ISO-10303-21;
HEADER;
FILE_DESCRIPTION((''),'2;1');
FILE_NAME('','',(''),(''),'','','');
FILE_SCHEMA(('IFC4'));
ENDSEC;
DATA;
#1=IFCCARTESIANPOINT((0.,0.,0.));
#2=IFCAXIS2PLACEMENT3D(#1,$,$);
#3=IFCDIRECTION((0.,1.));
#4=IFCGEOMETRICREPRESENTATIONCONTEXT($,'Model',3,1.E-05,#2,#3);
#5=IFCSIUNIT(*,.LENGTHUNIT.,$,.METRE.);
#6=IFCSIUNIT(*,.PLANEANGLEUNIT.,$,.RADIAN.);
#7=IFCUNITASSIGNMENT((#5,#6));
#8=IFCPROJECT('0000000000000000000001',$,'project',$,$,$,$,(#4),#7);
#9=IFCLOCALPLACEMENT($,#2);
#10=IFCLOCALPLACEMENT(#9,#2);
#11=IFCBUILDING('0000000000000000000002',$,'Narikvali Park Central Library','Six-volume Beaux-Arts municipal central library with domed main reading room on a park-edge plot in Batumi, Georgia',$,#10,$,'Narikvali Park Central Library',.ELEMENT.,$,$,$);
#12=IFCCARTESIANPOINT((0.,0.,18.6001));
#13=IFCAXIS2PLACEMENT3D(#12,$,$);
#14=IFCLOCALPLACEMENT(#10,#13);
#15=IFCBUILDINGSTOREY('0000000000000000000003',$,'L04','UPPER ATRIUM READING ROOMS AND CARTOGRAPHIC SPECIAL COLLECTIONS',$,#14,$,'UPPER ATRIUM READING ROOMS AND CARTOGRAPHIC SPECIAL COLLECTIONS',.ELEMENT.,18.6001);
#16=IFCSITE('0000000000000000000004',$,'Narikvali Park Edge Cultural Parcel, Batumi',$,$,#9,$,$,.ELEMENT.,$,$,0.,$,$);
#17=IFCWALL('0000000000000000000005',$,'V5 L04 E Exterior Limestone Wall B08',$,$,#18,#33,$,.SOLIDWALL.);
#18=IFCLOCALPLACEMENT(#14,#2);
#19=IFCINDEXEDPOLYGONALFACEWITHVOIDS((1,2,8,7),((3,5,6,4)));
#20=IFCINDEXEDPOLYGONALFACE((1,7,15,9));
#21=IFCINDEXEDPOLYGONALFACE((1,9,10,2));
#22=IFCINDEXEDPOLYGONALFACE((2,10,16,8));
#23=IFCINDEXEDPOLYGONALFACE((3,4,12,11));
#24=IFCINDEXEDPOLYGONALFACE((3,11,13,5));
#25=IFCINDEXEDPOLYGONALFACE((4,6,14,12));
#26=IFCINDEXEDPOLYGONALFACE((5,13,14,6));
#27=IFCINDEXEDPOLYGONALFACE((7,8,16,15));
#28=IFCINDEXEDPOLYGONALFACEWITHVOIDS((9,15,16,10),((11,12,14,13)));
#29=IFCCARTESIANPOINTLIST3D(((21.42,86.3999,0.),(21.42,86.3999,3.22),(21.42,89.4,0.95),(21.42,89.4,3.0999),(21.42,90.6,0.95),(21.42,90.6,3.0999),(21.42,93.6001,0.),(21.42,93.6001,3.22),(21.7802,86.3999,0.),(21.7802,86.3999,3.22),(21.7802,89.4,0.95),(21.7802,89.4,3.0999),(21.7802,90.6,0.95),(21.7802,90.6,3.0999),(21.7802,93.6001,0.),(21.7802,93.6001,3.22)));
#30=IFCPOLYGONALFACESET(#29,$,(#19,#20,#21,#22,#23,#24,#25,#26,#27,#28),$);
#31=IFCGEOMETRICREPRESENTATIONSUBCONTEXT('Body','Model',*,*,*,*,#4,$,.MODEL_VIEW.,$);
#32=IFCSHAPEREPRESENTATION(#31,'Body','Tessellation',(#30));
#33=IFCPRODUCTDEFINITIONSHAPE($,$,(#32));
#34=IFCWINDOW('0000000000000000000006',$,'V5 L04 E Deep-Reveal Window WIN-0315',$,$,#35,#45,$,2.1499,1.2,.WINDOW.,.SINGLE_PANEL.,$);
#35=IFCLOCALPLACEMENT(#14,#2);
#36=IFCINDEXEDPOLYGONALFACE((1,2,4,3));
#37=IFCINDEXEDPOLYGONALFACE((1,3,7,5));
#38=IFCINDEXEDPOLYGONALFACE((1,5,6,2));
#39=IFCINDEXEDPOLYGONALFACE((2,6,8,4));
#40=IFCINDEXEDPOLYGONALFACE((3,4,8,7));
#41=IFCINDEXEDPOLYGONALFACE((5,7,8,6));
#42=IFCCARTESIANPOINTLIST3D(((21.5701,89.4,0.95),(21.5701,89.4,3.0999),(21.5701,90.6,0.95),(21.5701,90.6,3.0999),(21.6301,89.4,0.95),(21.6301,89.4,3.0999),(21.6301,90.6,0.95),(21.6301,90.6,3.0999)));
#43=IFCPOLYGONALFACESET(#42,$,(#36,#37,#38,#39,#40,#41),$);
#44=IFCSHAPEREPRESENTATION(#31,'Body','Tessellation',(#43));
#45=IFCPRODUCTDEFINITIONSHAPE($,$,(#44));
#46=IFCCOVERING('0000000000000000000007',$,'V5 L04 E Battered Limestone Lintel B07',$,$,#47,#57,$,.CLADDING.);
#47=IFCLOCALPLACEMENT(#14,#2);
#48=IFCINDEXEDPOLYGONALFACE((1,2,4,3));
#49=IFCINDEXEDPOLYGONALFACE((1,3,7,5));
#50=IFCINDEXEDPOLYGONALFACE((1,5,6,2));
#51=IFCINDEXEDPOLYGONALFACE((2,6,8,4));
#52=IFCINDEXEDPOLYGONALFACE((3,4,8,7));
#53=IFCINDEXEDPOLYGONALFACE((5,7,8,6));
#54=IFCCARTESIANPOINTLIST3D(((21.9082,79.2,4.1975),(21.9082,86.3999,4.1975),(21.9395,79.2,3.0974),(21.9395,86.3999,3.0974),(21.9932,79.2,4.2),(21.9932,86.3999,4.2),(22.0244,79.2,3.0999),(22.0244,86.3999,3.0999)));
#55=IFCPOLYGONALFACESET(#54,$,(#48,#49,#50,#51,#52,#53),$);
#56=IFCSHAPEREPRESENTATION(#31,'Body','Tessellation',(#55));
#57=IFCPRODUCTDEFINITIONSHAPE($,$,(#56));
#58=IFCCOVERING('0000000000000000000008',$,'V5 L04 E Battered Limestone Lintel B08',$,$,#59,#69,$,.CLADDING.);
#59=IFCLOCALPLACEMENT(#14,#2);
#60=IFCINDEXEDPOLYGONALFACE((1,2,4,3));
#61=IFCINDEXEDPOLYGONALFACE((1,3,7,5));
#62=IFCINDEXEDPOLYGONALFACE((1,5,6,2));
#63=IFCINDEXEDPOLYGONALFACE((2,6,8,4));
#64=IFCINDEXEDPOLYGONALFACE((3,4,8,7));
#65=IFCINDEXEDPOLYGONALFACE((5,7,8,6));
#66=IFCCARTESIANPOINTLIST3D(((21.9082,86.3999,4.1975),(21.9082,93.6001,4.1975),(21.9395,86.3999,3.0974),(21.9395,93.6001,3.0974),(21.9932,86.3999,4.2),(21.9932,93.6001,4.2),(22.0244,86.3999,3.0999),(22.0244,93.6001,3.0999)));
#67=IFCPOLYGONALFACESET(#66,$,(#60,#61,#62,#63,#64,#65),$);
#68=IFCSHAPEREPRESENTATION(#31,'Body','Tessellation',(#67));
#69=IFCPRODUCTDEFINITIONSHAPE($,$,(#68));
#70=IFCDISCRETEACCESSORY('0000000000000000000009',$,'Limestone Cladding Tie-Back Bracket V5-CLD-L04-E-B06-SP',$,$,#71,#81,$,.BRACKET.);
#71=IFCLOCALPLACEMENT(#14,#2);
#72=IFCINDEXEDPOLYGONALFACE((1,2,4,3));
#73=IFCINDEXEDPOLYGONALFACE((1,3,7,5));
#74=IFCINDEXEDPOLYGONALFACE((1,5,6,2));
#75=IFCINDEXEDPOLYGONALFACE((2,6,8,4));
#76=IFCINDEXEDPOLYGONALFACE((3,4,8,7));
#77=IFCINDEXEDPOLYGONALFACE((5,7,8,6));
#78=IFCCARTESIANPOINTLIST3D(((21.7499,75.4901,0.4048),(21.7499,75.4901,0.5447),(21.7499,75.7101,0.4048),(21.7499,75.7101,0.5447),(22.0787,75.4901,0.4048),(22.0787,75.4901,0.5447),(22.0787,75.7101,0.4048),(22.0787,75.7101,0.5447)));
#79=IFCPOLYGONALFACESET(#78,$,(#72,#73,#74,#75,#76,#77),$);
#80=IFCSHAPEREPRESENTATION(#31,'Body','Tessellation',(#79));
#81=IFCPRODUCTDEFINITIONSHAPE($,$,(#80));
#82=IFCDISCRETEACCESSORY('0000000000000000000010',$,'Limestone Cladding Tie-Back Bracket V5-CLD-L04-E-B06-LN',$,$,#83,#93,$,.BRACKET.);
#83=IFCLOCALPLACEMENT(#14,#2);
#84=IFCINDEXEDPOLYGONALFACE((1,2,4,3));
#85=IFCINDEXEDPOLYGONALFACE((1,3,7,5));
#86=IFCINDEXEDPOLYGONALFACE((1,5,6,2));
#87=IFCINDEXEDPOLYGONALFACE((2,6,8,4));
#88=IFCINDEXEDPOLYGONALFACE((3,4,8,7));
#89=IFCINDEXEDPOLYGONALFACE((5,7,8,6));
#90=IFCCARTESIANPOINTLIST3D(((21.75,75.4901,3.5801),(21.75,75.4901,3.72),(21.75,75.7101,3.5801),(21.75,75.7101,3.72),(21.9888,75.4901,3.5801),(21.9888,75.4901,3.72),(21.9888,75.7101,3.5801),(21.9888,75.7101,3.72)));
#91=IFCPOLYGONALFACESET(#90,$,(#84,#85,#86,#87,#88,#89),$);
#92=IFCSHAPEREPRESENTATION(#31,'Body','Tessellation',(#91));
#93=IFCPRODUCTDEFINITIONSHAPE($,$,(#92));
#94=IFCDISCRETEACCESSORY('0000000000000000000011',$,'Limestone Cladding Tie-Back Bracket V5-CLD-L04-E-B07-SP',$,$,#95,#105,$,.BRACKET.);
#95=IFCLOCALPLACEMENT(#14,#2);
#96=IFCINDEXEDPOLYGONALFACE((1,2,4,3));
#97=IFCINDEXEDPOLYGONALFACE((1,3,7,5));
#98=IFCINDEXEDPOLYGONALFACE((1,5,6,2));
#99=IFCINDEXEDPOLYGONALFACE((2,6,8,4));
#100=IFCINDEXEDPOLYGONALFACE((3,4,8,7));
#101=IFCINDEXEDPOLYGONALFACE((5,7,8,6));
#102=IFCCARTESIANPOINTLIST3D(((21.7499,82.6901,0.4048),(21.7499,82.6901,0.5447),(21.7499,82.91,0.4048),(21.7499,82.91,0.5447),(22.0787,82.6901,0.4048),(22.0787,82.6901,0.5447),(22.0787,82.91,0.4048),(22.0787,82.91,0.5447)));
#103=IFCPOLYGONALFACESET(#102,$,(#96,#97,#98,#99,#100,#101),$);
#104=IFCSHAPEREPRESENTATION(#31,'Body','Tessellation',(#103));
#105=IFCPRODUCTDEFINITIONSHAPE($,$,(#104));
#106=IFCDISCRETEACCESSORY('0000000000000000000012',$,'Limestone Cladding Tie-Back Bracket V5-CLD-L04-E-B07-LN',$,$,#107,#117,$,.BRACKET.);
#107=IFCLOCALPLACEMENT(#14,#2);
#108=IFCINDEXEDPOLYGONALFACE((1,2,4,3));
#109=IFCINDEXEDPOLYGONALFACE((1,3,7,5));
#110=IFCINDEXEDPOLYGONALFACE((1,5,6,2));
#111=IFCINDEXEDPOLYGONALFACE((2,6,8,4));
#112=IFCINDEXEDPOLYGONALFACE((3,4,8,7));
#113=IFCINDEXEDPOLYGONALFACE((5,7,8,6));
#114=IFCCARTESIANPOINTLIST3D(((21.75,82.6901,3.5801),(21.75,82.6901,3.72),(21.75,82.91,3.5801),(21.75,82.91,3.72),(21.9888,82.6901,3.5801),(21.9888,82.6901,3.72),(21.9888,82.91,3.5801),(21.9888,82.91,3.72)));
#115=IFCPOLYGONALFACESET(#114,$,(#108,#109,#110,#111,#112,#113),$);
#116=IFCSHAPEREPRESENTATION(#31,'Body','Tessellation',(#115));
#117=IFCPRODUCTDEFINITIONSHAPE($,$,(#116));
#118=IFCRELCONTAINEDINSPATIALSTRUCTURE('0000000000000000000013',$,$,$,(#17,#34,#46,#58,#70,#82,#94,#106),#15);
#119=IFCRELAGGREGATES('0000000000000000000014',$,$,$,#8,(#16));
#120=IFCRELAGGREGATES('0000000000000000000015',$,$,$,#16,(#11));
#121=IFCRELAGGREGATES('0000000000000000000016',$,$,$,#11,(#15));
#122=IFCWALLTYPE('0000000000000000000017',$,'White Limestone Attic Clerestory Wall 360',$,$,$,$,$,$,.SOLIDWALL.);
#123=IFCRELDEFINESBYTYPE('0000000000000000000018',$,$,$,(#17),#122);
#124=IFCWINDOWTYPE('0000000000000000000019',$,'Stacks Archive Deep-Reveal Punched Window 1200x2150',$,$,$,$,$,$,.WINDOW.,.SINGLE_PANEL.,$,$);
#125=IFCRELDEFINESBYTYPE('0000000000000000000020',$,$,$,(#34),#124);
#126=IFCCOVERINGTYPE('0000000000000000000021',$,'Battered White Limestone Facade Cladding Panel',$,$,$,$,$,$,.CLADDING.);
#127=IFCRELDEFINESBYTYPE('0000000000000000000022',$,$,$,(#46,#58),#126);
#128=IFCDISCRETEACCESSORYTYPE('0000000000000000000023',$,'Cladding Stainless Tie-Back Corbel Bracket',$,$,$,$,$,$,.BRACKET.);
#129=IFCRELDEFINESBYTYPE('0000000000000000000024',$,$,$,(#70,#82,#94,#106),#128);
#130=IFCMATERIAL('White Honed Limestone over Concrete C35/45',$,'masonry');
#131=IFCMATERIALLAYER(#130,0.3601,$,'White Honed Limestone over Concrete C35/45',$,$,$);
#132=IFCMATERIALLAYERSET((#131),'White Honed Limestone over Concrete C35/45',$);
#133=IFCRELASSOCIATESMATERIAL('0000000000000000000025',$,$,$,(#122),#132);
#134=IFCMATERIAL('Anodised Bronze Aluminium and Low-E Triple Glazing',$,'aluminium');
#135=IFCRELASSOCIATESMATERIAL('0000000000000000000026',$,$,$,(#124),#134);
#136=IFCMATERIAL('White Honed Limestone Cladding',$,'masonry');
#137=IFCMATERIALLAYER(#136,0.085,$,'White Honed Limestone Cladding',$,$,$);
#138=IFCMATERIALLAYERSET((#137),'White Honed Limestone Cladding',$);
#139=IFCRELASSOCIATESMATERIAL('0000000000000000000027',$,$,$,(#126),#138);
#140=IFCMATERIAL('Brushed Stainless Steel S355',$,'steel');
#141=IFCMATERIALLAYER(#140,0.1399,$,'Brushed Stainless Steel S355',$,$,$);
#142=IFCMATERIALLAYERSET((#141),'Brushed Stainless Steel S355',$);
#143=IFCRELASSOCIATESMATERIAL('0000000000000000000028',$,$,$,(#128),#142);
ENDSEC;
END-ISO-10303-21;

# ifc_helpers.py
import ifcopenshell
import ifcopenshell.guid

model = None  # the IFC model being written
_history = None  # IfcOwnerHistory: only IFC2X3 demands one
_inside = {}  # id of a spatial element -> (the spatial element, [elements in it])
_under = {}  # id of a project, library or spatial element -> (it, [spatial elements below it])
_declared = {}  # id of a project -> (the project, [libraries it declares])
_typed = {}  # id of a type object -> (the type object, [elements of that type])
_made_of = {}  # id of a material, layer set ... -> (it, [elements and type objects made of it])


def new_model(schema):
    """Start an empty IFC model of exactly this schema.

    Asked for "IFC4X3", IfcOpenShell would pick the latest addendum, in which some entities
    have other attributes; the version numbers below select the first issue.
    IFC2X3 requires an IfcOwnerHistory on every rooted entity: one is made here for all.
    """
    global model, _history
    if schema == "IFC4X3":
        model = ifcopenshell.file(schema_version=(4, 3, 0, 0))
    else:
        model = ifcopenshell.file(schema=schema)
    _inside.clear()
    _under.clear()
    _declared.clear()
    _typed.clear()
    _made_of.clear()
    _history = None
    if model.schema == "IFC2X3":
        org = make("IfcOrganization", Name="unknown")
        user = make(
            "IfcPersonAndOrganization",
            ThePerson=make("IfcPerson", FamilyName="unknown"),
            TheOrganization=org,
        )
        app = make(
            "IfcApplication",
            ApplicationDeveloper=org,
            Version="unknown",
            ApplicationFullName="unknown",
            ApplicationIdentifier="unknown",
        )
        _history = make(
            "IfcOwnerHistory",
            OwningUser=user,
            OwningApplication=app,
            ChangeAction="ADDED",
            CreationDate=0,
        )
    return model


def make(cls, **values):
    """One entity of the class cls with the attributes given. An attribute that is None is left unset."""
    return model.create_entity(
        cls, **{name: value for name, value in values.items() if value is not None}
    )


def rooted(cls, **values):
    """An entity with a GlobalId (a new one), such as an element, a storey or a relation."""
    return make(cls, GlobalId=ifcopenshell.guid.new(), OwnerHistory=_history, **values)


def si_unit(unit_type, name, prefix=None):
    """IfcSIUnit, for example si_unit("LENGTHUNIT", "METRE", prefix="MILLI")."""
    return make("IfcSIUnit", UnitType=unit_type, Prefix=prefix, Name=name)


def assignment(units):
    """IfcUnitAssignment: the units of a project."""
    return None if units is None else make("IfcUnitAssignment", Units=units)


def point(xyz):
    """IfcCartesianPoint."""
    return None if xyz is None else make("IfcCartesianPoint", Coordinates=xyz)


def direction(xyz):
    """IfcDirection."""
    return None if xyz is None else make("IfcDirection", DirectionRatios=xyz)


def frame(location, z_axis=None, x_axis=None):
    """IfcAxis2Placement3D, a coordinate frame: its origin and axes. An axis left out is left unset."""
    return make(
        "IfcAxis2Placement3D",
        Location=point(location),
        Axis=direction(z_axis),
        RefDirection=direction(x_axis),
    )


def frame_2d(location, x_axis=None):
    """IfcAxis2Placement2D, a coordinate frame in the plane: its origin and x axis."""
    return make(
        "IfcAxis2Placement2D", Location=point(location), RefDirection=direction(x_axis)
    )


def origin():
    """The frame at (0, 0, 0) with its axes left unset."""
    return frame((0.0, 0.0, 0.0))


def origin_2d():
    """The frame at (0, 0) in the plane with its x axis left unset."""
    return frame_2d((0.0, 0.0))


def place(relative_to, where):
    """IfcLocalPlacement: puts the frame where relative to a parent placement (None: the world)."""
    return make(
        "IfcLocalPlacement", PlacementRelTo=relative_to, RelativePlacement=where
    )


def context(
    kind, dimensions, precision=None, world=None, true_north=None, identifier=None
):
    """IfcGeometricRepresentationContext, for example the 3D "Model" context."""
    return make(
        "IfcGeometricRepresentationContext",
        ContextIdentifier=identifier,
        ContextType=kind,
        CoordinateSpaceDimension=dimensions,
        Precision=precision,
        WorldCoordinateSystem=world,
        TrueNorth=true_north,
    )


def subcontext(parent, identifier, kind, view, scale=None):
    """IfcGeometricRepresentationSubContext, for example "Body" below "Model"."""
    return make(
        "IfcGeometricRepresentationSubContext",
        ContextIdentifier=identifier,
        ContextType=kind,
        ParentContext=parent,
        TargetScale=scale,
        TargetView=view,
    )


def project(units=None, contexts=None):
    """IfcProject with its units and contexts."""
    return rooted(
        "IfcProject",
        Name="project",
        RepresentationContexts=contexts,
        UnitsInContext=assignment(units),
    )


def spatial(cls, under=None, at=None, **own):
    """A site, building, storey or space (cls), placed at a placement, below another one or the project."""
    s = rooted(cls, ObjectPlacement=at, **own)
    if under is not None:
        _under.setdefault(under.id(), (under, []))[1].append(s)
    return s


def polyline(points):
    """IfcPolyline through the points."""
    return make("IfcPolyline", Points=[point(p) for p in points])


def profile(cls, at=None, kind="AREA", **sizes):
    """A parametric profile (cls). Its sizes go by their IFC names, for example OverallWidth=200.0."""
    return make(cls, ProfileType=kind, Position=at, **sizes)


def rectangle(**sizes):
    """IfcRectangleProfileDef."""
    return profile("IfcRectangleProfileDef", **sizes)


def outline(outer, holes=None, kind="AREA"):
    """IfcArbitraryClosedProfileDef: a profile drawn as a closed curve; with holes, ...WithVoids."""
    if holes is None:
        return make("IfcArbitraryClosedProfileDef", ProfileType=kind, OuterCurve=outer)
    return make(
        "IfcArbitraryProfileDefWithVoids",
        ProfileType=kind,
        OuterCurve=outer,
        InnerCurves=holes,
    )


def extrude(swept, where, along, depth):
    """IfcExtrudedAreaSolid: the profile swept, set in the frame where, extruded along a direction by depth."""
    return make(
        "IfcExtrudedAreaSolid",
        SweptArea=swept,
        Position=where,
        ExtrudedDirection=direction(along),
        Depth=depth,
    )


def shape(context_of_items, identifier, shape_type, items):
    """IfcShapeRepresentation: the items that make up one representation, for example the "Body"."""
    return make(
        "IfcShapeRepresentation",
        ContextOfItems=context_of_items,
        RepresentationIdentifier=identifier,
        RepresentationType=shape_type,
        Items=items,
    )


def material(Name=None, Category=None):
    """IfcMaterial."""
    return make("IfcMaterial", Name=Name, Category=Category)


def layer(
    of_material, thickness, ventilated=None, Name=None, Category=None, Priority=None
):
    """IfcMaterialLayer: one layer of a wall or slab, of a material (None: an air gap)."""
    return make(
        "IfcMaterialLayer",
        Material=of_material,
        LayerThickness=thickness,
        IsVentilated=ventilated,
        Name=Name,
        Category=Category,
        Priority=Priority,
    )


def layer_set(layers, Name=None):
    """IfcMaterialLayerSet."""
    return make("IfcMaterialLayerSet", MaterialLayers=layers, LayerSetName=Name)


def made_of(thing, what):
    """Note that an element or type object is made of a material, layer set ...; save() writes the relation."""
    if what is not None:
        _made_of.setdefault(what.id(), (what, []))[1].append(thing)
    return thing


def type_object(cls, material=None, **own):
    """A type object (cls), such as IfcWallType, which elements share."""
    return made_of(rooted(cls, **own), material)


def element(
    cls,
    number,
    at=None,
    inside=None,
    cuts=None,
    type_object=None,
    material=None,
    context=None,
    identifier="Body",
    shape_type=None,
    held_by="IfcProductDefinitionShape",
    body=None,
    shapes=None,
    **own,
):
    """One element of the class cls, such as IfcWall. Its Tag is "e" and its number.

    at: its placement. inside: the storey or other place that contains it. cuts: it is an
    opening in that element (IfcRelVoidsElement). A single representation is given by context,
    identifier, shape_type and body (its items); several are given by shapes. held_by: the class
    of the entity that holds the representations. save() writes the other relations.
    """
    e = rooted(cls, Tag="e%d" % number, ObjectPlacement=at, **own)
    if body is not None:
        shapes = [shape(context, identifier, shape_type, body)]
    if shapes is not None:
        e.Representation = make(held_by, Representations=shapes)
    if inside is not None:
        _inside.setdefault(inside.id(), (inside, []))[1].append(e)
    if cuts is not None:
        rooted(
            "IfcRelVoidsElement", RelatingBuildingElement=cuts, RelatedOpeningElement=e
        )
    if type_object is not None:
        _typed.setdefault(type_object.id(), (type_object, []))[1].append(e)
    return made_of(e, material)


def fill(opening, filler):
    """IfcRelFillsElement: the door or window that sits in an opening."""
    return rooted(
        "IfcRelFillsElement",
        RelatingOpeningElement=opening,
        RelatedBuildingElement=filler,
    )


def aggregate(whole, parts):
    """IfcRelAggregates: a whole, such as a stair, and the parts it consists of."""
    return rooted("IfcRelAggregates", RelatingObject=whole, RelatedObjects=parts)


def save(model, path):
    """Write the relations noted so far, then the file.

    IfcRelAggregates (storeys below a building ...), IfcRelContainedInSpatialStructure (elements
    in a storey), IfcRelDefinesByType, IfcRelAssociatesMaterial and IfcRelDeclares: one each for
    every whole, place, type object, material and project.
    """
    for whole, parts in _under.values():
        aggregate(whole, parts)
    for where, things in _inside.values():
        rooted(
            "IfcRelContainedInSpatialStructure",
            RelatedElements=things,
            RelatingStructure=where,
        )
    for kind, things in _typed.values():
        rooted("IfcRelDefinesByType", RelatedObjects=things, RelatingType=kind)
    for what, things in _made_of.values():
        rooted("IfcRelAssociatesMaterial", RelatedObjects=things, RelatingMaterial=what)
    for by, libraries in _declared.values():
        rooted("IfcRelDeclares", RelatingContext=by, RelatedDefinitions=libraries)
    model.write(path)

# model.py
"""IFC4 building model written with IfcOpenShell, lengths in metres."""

from ifc_helpers import new_model, si_unit, direction, frame, frame_2d, origin, origin_2d, place, context, subcontext, project, spatial, polyline, rectangle, outline, extrude, material, layer, layer_set, type_object, element, fill, save


model = new_model("IFC4")

# Units and contexts
model_context = context("Model", 3, precision=1e-05, world=origin(), true_north=direction((0.0, 1.0)))
body_context = subcontext(model_context, "Body", "Model", "MODEL_VIEW")
ifc_project = project(units=[si_unit("LENGTHUNIT", "METRE"), si_unit("PLANEANGLEUNIT", "RADIAN")], contexts=[model_context])

# Site, building, storey
site_placement = place(None, origin())
site = spatial("IfcSite", under=ifc_project, at=site_placement, Name="Narikvali Park Edge Cultural Parcel, Batumi", CompositionType="ELEMENT", RefElevation=0.0)
building_placement = place(site_placement, origin())
building = spatial("IfcBuilding", under=site, at=building_placement, Name="Narikvali Park Central Library", Description="Six-volume Beaux-Arts municipal central library with domed main reading room on a park-edge plot in Batumi, Georgia", LongName="Narikvali Park Central Library", CompositionType="ELEMENT")
storey_placement = place(building_placement, frame((0.0, 0.0, 18.6001)))
storey = spatial("IfcBuildingStorey", under=building, at=storey_placement, Name="L04", Description="UPPER ATRIUM READING ROOMS AND CARTOGRAPHIC SPECIAL COLLECTIONS", LongName="UPPER ATRIUM READING ROOMS AND CARTOGRAPHIC SPECIAL COLLECTIONS", CompositionType="ELEMENT", Elevation=18.6001)

# Wall, opening, window
ifc_material_1 = material(Name="White Honed Limestone over Concrete C35/45", Category="masonry")
ifc_layer_1 = layer(ifc_material_1, 0.3601, Name="White Honed Limestone over Concrete C35/45")
ifc_layer_set_1 = layer_set([ifc_layer_1], Name="White Honed Limestone over Concrete C35/45")
wall_type_1 = type_object("IfcWallType", Name="White Limestone Attic Clerestory Wall 360", PredefinedType="SOLIDWALL", material=ifc_layer_set_1)
ifc_material_2 = material(Name="Anodised Bronze Aluminium and Low-E Triple Glazing", Category="aluminium")
window_type = type_object("IfcWindowType", Name="Stacks Archive Deep-Reveal Punched Window 1200x2150", PartitioningType="SINGLE_PANEL", PredefinedType="WINDOW", material=ifc_material_2)
wall_1_placement = place(storey_placement, frame((21.6001, 86.3999, 0.0), z_axis=(0.0, 0.0, 1.0), x_axis=(0.0, 1.0, 0.0)))
wall_1 = element("IfcWall", 1, at=wall_1_placement, inside=storey, type_object=wall_type_1, Name="V5 L04 E Exterior Limestone Wall B08", PredefinedType="SOLIDWALL", context=body_context, shape_type="SweptSolid", body=[
    extrude(rectangle(XDim=7.2002, YDim=0.3601, at=frame_2d((3.6001, 0.0))), origin(), (0.0, 0.0, 1.0), 3.22),
])
opening_1_placement = place(wall_1_placement, frame((3.0, 0.0, 0.95)))
opening_1 = element("IfcOpeningElement", 2, at=opening_1_placement, cuts=wall_1, PredefinedType="OPENING", context=body_context, shape_type="SweptSolid", body=[
    extrude(rectangle(XDim=1.2, YDim=2.1499, at=frame_2d((0.6001, 1.075))), frame((0.0, 0.1919, 0.0), z_axis=(0.0, -1.0, 0.0), x_axis=(1.0, 0.0, 0.0)), (0.0, 0.0, 1.0), 0.384),
])
window_1_placement = place(opening_1_placement, origin())
window_1 = element("IfcWindow", 3, at=window_1_placement, inside=storey, type_object=window_type, Name="V5 L04 E Deep-Reveal Window WIN-0315", OverallHeight=2.1499, OverallWidth=1.2, PartitioningType="SINGLE_PANEL", PredefinedType="WINDOW", context=body_context, shape_type="SweptSolid", body=[
    extrude(rectangle(XDim=1.2, YDim=2.1499, at=frame_2d((0.6001, 1.075))), frame((0.0, 0.03, 0.0), z_axis=(0.0, -1.0, 0.0), x_axis=(1.0, 0.0, 0.0)), (0.0, 0.0, 1.0), 0.0601),
])
fill(opening_1, window_1)

# Coverings
ifc_material_3 = material(Name="White Honed Limestone Cladding", Category="masonry")
ifc_layer_2 = layer(ifc_material_3, 0.085, Name="White Honed Limestone Cladding")
ifc_layer_set_2 = layer_set([ifc_layer_2], Name="White Honed Limestone Cladding")
covering_type = type_object("IfcCoveringType", Name="Battered White Limestone Facade Cladding Panel", PredefinedType="CLADDING", material=ifc_layer_set_2)
covering_1_placement = place(storey_placement, frame((22.0244, 79.2, 3.0999), z_axis=(0.999597, 0.0, 0.028395), x_axis=(0.0, 1.0, 0.0)))
element("IfcCovering", 4, at=covering_1_placement, inside=storey, type_object=covering_type, Name="V5 L04 E Battered Limestone Lintel B07", PredefinedType="CLADDING", context=body_context, shape_type="SweptSolid", body=[
    extrude(outline(polyline([(0.0, 0.0), (7.2, 0.0), (7.2, 1.1005), (0.0, 1.1005), (0.0, 0.0)])), origin(), (0.0, 0.0, -1.0), 0.085),
])
covering_2_placement = place(storey_placement, frame((22.0244, 86.3999, 3.0999), z_axis=(0.999597, 0.0, 0.028395), x_axis=(0.0, 1.0, 0.0)))
element("IfcCovering", 5, at=covering_2_placement, inside=storey, type_object=covering_type, Name="V5 L04 E Battered Limestone Lintel B08", PredefinedType="CLADDING", context=body_context, shape_type="SweptSolid", body=[
    extrude(outline(polyline([(0.0, 0.0), (7.2002, 0.0), (7.2002, 1.1005), (0.0, 1.1005), (0.0, 0.0)])), origin(), (0.0, 0.0, -1.0), 0.085),
])

# Discrete accessories
ifc_material_4 = material(Name="Brushed Stainless Steel S355", Category="steel")
ifc_layer_3 = layer(ifc_material_4, 0.1399, Name="Brushed Stainless Steel S355")
ifc_layer_set_3 = layer_set([ifc_layer_3], Name="Brushed Stainless Steel S355")
discrete_accessory_type = type_object("IfcDiscreteAccessoryType", Name="Cladding Stainless Tie-Back Corbel Bracket", PredefinedType="BRACKET", material=ifc_layer_set_3)
discrete_accessory_1_placement = place(storey_placement, frame((21.9143, 75.6001, 0.4048), z_axis=(0.0, 0.0, 1.0), x_axis=(1.0, 0.0, 0.0)))
element("IfcDiscreteAccessory", 6, at=discrete_accessory_1_placement, inside=storey, type_object=discrete_accessory_type, Name="Limestone Cladding Tie-Back Bracket V5-CLD-L04-E-B06-SP", PredefinedType="BRACKET", context=body_context, shape_type="SweptSolid", body=[
    extrude(rectangle(XDim=0.3289, YDim=0.22, at=origin_2d()), origin(), (0.0, 0.0, 1.0), 0.1399),
])
discrete_accessory_2_placement = place(storey_placement, frame((21.8694, 75.6001, 3.5801), z_axis=(0.0, 0.0, 1.0), x_axis=(1.0, 0.0, 0.0)))
element("IfcDiscreteAccessory", 7, at=discrete_accessory_2_placement, inside=storey, type_object=discrete_accessory_type, Name="Limestone Cladding Tie-Back Bracket V5-CLD-L04-E-B06-LN", PredefinedType="BRACKET", context=body_context, shape_type="SweptSolid", body=[
    extrude(rectangle(XDim=0.2388, YDim=0.22, at=origin_2d()), origin(), (0.0, 0.0, 1.0), 0.1399),
])
discrete_accessory_3_placement = place(storey_placement, frame((21.9143, 82.8, 0.4048), z_axis=(0.0, 0.0, 1.0), x_axis=(1.0, 0.0, 0.0)))
element("IfcDiscreteAccessory", 8, at=discrete_accessory_3_placement, inside=storey, type_object=discrete_accessory_type, Name="Limestone Cladding Tie-Back Bracket V5-CLD-L04-E-B07-SP", PredefinedType="BRACKET", context=body_context, shape_type="SweptSolid", body=[
    extrude(rectangle(XDim=0.3289, YDim=0.22, at=origin_2d()), origin(), (0.0, 0.0, 1.0), 0.1399),
])
discrete_accessory_4_placement = place(storey_placement, frame((21.8694, 82.8, 3.5801), z_axis=(0.0, 0.0, 1.0), x_axis=(1.0, 0.0, 0.0)))
element("IfcDiscreteAccessory", 9, at=discrete_accessory_4_placement, inside=storey, type_object=discrete_accessory_type, Name="Limestone Cladding Tie-Back Bracket V5-CLD-L04-E-B07-LN", PredefinedType="BRACKET", context=body_context, shape_type="SweptSolid", body=[
    extrude(rectangle(XDim=0.2388, YDim=0.22, at=origin_2d()), origin(), (0.0, 0.0, 1.0), 0.1399),
])

save(model, "model.ifc")
